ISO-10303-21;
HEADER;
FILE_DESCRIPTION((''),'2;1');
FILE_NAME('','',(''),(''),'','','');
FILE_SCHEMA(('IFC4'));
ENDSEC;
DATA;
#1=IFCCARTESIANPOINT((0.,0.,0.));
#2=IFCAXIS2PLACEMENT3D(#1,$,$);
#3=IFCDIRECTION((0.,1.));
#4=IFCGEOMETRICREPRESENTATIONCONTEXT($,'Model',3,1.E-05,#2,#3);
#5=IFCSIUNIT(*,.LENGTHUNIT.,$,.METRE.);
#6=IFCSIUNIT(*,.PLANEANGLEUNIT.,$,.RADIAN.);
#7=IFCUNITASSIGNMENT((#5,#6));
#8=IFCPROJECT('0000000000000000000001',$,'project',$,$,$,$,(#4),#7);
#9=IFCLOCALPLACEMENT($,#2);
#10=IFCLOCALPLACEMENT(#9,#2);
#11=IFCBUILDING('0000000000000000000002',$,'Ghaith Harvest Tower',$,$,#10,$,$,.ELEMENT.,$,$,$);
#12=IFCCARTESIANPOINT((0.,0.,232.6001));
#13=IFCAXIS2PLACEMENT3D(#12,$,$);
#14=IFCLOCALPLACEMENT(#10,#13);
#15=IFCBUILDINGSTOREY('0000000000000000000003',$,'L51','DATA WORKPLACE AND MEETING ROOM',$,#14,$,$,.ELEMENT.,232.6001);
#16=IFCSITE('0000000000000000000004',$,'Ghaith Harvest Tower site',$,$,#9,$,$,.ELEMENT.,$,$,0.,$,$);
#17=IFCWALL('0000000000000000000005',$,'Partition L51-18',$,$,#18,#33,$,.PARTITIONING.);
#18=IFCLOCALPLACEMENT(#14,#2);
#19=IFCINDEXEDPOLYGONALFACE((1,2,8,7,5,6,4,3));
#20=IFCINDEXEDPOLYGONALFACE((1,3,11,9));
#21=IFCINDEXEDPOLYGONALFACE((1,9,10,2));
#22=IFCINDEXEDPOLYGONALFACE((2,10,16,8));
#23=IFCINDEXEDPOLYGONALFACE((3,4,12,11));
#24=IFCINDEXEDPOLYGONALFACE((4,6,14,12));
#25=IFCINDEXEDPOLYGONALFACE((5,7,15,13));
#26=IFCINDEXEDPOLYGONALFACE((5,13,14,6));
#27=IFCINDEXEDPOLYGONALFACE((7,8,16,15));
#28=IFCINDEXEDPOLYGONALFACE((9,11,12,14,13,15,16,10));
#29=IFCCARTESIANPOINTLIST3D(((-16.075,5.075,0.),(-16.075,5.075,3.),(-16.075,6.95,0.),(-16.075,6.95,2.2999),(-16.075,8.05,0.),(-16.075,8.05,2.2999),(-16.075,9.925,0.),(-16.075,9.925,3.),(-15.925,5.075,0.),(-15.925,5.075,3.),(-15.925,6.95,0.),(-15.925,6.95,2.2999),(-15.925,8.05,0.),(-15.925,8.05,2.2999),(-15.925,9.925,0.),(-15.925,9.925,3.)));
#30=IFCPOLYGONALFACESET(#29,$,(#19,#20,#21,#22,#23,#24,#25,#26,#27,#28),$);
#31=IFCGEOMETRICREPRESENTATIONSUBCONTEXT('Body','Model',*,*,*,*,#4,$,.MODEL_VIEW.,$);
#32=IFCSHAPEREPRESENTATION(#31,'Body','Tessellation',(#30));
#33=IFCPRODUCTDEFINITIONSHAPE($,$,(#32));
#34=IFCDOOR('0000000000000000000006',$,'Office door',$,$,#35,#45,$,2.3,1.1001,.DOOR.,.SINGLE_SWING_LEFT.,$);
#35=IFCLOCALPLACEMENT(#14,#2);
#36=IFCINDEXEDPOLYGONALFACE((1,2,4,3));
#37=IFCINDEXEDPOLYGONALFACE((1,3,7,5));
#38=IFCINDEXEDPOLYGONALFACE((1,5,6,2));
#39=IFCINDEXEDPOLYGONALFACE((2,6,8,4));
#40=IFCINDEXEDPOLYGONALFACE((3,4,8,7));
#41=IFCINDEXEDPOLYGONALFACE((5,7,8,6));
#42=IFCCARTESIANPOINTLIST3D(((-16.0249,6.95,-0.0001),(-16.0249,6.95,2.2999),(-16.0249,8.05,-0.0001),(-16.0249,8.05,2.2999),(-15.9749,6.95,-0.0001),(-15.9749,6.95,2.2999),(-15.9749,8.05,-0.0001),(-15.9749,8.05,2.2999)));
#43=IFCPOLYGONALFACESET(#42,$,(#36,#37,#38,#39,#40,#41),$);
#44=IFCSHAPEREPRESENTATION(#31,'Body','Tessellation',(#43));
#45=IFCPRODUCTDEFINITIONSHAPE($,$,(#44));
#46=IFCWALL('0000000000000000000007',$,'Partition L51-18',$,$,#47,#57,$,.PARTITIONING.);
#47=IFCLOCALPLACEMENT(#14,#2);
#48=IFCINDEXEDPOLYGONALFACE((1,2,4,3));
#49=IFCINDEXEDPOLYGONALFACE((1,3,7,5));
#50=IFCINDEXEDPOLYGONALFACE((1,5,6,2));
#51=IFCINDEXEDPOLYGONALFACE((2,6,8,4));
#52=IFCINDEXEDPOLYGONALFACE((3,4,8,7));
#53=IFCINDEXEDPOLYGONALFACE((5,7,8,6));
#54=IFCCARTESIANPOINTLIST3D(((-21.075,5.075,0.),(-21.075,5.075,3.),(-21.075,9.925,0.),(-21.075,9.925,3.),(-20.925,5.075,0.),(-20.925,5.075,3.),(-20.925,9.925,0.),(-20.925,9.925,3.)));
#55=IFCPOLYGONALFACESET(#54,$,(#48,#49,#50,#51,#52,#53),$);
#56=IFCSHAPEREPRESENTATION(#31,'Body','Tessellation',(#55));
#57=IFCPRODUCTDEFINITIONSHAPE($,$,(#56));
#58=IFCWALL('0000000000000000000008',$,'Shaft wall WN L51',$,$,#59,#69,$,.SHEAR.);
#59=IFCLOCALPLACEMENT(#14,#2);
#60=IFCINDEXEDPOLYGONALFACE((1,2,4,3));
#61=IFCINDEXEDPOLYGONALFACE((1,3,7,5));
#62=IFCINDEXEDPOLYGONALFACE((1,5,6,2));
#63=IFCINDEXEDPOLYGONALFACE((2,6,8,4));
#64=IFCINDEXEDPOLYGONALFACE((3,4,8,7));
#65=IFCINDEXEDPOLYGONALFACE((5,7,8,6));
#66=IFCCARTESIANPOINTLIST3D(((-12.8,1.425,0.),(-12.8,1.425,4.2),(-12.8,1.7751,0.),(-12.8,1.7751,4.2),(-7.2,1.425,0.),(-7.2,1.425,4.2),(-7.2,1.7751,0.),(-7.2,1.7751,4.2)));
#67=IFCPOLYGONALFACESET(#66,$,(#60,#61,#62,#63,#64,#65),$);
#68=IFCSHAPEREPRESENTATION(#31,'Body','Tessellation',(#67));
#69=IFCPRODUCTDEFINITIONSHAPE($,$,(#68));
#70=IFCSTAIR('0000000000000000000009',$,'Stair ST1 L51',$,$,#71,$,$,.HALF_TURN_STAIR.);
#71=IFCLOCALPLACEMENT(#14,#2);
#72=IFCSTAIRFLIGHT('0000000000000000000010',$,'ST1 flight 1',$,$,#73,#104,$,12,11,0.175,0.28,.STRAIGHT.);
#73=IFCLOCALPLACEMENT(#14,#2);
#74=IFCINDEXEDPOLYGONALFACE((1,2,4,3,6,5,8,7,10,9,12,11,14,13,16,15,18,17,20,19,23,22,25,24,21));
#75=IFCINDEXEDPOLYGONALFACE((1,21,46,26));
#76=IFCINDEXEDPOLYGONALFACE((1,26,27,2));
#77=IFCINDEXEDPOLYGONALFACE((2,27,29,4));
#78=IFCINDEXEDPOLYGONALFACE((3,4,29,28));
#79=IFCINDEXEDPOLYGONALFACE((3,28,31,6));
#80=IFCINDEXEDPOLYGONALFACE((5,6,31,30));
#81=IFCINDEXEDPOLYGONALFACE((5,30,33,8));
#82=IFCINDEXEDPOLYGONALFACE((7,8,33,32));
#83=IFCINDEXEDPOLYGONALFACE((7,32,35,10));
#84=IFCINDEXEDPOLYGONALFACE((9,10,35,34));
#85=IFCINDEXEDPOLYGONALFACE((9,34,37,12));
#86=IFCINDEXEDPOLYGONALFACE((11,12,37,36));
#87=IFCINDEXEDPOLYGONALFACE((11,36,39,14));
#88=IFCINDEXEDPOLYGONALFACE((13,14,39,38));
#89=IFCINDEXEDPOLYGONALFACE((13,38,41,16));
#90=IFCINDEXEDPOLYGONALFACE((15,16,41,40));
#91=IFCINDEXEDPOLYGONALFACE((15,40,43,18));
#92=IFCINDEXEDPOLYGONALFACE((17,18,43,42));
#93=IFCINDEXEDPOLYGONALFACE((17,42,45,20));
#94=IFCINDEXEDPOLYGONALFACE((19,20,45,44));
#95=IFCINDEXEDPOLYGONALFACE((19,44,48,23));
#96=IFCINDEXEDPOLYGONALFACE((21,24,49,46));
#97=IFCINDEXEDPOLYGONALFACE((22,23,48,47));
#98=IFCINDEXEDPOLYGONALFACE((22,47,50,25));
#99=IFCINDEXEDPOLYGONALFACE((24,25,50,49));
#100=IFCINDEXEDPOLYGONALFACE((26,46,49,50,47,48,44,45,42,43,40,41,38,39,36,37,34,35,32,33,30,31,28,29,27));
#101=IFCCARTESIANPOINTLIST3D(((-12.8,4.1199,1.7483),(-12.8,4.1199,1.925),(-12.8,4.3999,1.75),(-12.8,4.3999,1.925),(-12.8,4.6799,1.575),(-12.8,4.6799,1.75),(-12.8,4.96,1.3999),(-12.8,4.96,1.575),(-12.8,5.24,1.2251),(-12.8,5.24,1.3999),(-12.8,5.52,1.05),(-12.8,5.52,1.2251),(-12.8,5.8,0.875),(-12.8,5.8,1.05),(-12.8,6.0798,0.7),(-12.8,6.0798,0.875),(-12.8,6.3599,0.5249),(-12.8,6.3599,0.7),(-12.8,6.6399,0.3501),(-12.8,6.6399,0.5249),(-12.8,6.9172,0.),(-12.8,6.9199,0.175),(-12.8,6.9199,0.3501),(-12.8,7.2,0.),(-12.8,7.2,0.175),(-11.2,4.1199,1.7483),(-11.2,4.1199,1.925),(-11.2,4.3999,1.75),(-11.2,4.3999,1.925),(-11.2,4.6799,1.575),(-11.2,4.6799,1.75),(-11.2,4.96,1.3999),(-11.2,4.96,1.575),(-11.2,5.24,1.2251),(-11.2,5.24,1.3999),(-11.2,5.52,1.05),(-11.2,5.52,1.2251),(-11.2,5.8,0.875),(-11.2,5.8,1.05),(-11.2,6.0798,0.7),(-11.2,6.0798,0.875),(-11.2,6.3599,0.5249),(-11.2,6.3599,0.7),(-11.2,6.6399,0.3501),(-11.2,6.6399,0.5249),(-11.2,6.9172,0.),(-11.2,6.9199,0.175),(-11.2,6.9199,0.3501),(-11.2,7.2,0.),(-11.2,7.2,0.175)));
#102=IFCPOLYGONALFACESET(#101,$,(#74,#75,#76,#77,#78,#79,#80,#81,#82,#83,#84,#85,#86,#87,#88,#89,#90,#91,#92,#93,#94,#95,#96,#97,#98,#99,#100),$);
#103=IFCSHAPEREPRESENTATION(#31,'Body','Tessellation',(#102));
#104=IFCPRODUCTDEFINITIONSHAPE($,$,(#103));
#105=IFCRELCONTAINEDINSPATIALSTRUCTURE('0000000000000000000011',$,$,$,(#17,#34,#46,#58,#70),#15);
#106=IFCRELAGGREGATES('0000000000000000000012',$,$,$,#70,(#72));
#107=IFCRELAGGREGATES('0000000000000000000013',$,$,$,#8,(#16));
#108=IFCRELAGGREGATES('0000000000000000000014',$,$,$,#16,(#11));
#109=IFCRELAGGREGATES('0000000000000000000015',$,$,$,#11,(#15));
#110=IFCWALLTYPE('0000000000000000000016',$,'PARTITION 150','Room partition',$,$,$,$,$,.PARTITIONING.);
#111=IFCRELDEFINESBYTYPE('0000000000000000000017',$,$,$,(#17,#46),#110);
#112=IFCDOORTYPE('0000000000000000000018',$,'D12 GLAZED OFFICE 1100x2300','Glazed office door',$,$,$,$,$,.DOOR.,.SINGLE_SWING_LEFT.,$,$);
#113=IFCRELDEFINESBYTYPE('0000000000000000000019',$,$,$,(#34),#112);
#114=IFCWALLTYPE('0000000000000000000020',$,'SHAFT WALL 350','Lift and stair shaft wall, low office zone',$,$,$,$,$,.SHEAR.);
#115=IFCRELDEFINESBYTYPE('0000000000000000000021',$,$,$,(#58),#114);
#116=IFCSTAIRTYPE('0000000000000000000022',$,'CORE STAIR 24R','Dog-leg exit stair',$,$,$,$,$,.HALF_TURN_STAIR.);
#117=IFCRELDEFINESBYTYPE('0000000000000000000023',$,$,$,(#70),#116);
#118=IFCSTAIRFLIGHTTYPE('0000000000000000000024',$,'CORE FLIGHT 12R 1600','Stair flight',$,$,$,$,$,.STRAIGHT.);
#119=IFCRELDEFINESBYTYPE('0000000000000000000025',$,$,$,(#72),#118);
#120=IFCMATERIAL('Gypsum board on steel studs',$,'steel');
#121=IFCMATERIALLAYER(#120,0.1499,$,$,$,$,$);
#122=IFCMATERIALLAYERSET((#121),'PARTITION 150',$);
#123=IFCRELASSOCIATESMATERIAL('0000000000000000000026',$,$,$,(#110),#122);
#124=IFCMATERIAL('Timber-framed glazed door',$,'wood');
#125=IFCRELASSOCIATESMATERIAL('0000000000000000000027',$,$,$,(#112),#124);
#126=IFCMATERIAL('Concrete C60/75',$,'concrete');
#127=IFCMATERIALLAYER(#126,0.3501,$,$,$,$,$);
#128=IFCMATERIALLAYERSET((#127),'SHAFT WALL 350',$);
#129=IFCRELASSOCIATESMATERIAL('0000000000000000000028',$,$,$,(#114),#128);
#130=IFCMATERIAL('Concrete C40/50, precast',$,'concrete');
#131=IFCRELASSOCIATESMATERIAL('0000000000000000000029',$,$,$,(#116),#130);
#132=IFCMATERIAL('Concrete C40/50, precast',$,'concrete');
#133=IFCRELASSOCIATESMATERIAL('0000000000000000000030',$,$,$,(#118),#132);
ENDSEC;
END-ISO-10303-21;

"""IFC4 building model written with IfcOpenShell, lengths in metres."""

from ifc_helpers import new_model, si_unit, direction, frame, frame_2d, origin, place, context, subcontext, project, spatial, polyline, rectangle, outline, extrude, material, layer, layer_set, type_object, element, fill, aggregate, save


model = new_model("IFC4")

# Units and contexts
model_context = context("Model", 3, precision=1e-05, world=origin(), true_north=direction((0.0, 1.0)))
body_context = subcontext(model_context, "Body", "Model", "MODEL_VIEW")
ifc_project = project(units=[si_unit("LENGTHUNIT", "METRE"), si_unit("PLANEANGLEUNIT", "RADIAN")], contexts=[model_context])

# Site, building, storey
site_placement = place(None, origin())
site = spatial("IfcSite", under=ifc_project, at=site_placement, Name="Ghaith Harvest Tower site", CompositionType="ELEMENT", RefElevation=0.0)
building_placement = place(site_placement, origin())
building = spatial("IfcBuilding", under=site, at=building_placement, Name="Ghaith Harvest Tower", CompositionType="ELEMENT")
storey_placement = place(building_placement, frame((0.0, 0.0, 232.6001)))
storey = spatial("IfcBuildingStorey", under=building, at=storey_placement, Name="L51", Description="DATA WORKPLACE AND MEETING ROOM", CompositionType="ELEMENT", Elevation=232.6001)

# Shared definitions
ifc_material_1 = material(Name="Gypsum board on steel studs", Category="steel")
ifc_layer_1 = layer(ifc_material_1, 0.1499)
ifc_layer_set_1 = layer_set([ifc_layer_1], Name="PARTITION 150")
wall_type_1 = type_object("IfcWallType", Name="PARTITION 150", Description="Room partition", PredefinedType="PARTITIONING", material=ifc_layer_set_1)

# Wall, opening, door
wall_1_placement = place(storey_placement, frame((-16.0, 5.075, 0.0), z_axis=(0.0, 0.0, 1.0), x_axis=(0.0, 1.0, 0.0)))
wall_1 = element("IfcWall", 1, at=wall_1_placement, inside=storey, type_object=wall_type_1, Name="Partition L51-18", PredefinedType="PARTITIONING", context=body_context, shape_type="SweptSolid", body=[
    extrude(rectangle(XDim=4.8501, YDim=0.1499, at=frame_2d((2.425, 0.0))), origin(), (0.0, 0.0, 1.0), 3.0),
])
opening_1_placement = place(wall_1_placement, frame((1.875, 0.0, 0.0)))
opening_1 = element("IfcOpeningElement", 2, at=opening_1_placement, cuts=wall_1, PredefinedType="OPENING", context=body_context, shape_type="SweptSolid", body=[
    extrude(rectangle(XDim=1.1001, YDim=2.3, at=frame_2d((0.55, 1.1499))), frame((0.0, 0.085, 0.0), z_axis=(0.0, -1.0, 0.0), x_axis=(1.0, 0.0, 0.0)), (0.0, 0.0, 1.0), 0.1699),
])
ifc_material_2 = material(Name="Timber-framed glazed door", Category="wood")
door_type_1 = type_object("IfcDoorType", Name="D12 GLAZED OFFICE 1100x2300", Description="Glazed office door", OperationType="SINGLE_SWING_LEFT", PredefinedType="DOOR", material=ifc_material_2)
door_1_placement = place(opening_1_placement, origin())
door_1 = element("IfcDoor", 3, at=door_1_placement, inside=storey, type_object=door_type_1, Name="Office door", OperationType="SINGLE_SWING_LEFT", OverallHeight=2.3, OverallWidth=1.1001, PredefinedType="DOOR", context=body_context, shape_type="SweptSolid", body=[
    extrude(rectangle(XDim=1.1001, YDim=2.3, at=frame_2d((0.55, 1.1499))), frame((0.0, 0.0249, 0.0), z_axis=(0.0, -1.0, 0.0), x_axis=(1.0, 0.0, 0.0)), (0.0, 0.0, 1.0), 0.05),
])
fill(opening_1, door_1)

# Walls
wall_2_placement = place(storey_placement, frame((-21.0, 5.075, 0.0), z_axis=(0.0, 0.0, 1.0), x_axis=(0.0, 1.0, 0.0)))
element("IfcWall", 4, at=wall_2_placement, inside=storey, type_object=wall_type_1, Name="Partition L51-18", PredefinedType="PARTITIONING", context=body_context, shape_type="SweptSolid", body=[
    extrude(rectangle(XDim=4.8501, YDim=0.1499, at=frame_2d((2.425, 0.0))), origin(), (0.0, 0.0, 1.0), 3.0),
])
ifc_material_3 = material(Name="Concrete C60/75", Category="concrete")
ifc_layer_2 = layer(ifc_material_3, 0.3501)
ifc_layer_set_2 = layer_set([ifc_layer_2], Name="SHAFT WALL 350")
wall_type_2 = type_object("IfcWallType", Name="SHAFT WALL 350", Description="Lift and stair shaft wall, low office zone", PredefinedType="SHEAR", material=ifc_layer_set_2)
wall_3_placement = place(storey_placement, frame((-12.8, 1.6001, 0.0), z_axis=(0.0, 0.0, 1.0), x_axis=(1.0, 0.0, 0.0)))
element("IfcWall", 5, at=wall_3_placement, inside=storey, type_object=wall_type_2, Name="Shaft wall WN L51", PredefinedType="SHEAR", context=body_context, shape_type="SweptSolid", body=[
    extrude(rectangle(XDim=5.6001, YDim=0.3501, at=frame_2d((2.8, 0.0))), origin(), (0.0, 0.0, 1.0), 4.2),
])

# Stair, stair flight
ifc_material_4 = material(Name="Concrete C40/50, precast", Category="concrete")
stair_type = type_object("IfcStairType", Name="CORE STAIR 24R", Description="Dog-leg exit stair", PredefinedType="HALF_TURN_STAIR", material=ifc_material_4)
stair_placement = place(storey_placement, origin())
stair = element("IfcStair", 6, at=stair_placement, inside=storey, type_object=stair_type, Name="Stair ST1 L51", PredefinedType="HALF_TURN_STAIR")
ifc_material_5 = material(Name="Concrete C40/50, precast", Category="concrete")
stair_flight_type = type_object("IfcStairFlightType", Name="CORE FLIGHT 12R 1600", Description="Stair flight", PredefinedType="STRAIGHT", material=ifc_material_5)
stair_flight_placement = place(storey_placement, frame((-12.0, 7.2, 0.0), z_axis=(0.0, 0.0, 1.0), x_axis=(0.0, -1.0, 0.0)))
stair_flight = element("IfcStairFlight", 7, at=stair_flight_placement, type_object=stair_flight_type, Name="ST1 flight 1", NumberOfRisers=12, NumberOfTreads=11, PredefinedType="STRAIGHT", RiserHeight=0.175, TreadLength=0.28, context=body_context, shape_type="SweptSolid", body=[
    extrude(outline(polyline([(0.0, 0.0), (0.0, 0.175), (0.28, 0.175), (0.28, 0.3501), (0.5601, 0.3501), (0.5601, 0.5249), (0.8401, 0.5249), (0.8401, 0.7), (1.1201, 0.7), (1.1201, 0.875), (1.3999, 0.875), (1.3999, 1.05), (1.6799, 1.05), (1.6799, 1.2251), (1.96, 1.2251), (1.96, 1.3999), (2.24, 1.3999), (2.24, 1.575), (2.52, 1.575), (2.52, 1.75), (2.8, 1.75), (2.8, 1.925), (3.0801, 1.925), (3.0801, 2.1001), (3.0801, 1.7483), (0.2827, 0.0), (0.0, 0.0)])), frame((0.0, 0.8, 0.0), z_axis=(0.0, -1.0, 0.0), x_axis=(1.0, 0.0, 0.0)), (0.0, 0.0, 1.0), 1.6001),
])
aggregate(stair, [stair_flight])

save(model, "model.ifc")
